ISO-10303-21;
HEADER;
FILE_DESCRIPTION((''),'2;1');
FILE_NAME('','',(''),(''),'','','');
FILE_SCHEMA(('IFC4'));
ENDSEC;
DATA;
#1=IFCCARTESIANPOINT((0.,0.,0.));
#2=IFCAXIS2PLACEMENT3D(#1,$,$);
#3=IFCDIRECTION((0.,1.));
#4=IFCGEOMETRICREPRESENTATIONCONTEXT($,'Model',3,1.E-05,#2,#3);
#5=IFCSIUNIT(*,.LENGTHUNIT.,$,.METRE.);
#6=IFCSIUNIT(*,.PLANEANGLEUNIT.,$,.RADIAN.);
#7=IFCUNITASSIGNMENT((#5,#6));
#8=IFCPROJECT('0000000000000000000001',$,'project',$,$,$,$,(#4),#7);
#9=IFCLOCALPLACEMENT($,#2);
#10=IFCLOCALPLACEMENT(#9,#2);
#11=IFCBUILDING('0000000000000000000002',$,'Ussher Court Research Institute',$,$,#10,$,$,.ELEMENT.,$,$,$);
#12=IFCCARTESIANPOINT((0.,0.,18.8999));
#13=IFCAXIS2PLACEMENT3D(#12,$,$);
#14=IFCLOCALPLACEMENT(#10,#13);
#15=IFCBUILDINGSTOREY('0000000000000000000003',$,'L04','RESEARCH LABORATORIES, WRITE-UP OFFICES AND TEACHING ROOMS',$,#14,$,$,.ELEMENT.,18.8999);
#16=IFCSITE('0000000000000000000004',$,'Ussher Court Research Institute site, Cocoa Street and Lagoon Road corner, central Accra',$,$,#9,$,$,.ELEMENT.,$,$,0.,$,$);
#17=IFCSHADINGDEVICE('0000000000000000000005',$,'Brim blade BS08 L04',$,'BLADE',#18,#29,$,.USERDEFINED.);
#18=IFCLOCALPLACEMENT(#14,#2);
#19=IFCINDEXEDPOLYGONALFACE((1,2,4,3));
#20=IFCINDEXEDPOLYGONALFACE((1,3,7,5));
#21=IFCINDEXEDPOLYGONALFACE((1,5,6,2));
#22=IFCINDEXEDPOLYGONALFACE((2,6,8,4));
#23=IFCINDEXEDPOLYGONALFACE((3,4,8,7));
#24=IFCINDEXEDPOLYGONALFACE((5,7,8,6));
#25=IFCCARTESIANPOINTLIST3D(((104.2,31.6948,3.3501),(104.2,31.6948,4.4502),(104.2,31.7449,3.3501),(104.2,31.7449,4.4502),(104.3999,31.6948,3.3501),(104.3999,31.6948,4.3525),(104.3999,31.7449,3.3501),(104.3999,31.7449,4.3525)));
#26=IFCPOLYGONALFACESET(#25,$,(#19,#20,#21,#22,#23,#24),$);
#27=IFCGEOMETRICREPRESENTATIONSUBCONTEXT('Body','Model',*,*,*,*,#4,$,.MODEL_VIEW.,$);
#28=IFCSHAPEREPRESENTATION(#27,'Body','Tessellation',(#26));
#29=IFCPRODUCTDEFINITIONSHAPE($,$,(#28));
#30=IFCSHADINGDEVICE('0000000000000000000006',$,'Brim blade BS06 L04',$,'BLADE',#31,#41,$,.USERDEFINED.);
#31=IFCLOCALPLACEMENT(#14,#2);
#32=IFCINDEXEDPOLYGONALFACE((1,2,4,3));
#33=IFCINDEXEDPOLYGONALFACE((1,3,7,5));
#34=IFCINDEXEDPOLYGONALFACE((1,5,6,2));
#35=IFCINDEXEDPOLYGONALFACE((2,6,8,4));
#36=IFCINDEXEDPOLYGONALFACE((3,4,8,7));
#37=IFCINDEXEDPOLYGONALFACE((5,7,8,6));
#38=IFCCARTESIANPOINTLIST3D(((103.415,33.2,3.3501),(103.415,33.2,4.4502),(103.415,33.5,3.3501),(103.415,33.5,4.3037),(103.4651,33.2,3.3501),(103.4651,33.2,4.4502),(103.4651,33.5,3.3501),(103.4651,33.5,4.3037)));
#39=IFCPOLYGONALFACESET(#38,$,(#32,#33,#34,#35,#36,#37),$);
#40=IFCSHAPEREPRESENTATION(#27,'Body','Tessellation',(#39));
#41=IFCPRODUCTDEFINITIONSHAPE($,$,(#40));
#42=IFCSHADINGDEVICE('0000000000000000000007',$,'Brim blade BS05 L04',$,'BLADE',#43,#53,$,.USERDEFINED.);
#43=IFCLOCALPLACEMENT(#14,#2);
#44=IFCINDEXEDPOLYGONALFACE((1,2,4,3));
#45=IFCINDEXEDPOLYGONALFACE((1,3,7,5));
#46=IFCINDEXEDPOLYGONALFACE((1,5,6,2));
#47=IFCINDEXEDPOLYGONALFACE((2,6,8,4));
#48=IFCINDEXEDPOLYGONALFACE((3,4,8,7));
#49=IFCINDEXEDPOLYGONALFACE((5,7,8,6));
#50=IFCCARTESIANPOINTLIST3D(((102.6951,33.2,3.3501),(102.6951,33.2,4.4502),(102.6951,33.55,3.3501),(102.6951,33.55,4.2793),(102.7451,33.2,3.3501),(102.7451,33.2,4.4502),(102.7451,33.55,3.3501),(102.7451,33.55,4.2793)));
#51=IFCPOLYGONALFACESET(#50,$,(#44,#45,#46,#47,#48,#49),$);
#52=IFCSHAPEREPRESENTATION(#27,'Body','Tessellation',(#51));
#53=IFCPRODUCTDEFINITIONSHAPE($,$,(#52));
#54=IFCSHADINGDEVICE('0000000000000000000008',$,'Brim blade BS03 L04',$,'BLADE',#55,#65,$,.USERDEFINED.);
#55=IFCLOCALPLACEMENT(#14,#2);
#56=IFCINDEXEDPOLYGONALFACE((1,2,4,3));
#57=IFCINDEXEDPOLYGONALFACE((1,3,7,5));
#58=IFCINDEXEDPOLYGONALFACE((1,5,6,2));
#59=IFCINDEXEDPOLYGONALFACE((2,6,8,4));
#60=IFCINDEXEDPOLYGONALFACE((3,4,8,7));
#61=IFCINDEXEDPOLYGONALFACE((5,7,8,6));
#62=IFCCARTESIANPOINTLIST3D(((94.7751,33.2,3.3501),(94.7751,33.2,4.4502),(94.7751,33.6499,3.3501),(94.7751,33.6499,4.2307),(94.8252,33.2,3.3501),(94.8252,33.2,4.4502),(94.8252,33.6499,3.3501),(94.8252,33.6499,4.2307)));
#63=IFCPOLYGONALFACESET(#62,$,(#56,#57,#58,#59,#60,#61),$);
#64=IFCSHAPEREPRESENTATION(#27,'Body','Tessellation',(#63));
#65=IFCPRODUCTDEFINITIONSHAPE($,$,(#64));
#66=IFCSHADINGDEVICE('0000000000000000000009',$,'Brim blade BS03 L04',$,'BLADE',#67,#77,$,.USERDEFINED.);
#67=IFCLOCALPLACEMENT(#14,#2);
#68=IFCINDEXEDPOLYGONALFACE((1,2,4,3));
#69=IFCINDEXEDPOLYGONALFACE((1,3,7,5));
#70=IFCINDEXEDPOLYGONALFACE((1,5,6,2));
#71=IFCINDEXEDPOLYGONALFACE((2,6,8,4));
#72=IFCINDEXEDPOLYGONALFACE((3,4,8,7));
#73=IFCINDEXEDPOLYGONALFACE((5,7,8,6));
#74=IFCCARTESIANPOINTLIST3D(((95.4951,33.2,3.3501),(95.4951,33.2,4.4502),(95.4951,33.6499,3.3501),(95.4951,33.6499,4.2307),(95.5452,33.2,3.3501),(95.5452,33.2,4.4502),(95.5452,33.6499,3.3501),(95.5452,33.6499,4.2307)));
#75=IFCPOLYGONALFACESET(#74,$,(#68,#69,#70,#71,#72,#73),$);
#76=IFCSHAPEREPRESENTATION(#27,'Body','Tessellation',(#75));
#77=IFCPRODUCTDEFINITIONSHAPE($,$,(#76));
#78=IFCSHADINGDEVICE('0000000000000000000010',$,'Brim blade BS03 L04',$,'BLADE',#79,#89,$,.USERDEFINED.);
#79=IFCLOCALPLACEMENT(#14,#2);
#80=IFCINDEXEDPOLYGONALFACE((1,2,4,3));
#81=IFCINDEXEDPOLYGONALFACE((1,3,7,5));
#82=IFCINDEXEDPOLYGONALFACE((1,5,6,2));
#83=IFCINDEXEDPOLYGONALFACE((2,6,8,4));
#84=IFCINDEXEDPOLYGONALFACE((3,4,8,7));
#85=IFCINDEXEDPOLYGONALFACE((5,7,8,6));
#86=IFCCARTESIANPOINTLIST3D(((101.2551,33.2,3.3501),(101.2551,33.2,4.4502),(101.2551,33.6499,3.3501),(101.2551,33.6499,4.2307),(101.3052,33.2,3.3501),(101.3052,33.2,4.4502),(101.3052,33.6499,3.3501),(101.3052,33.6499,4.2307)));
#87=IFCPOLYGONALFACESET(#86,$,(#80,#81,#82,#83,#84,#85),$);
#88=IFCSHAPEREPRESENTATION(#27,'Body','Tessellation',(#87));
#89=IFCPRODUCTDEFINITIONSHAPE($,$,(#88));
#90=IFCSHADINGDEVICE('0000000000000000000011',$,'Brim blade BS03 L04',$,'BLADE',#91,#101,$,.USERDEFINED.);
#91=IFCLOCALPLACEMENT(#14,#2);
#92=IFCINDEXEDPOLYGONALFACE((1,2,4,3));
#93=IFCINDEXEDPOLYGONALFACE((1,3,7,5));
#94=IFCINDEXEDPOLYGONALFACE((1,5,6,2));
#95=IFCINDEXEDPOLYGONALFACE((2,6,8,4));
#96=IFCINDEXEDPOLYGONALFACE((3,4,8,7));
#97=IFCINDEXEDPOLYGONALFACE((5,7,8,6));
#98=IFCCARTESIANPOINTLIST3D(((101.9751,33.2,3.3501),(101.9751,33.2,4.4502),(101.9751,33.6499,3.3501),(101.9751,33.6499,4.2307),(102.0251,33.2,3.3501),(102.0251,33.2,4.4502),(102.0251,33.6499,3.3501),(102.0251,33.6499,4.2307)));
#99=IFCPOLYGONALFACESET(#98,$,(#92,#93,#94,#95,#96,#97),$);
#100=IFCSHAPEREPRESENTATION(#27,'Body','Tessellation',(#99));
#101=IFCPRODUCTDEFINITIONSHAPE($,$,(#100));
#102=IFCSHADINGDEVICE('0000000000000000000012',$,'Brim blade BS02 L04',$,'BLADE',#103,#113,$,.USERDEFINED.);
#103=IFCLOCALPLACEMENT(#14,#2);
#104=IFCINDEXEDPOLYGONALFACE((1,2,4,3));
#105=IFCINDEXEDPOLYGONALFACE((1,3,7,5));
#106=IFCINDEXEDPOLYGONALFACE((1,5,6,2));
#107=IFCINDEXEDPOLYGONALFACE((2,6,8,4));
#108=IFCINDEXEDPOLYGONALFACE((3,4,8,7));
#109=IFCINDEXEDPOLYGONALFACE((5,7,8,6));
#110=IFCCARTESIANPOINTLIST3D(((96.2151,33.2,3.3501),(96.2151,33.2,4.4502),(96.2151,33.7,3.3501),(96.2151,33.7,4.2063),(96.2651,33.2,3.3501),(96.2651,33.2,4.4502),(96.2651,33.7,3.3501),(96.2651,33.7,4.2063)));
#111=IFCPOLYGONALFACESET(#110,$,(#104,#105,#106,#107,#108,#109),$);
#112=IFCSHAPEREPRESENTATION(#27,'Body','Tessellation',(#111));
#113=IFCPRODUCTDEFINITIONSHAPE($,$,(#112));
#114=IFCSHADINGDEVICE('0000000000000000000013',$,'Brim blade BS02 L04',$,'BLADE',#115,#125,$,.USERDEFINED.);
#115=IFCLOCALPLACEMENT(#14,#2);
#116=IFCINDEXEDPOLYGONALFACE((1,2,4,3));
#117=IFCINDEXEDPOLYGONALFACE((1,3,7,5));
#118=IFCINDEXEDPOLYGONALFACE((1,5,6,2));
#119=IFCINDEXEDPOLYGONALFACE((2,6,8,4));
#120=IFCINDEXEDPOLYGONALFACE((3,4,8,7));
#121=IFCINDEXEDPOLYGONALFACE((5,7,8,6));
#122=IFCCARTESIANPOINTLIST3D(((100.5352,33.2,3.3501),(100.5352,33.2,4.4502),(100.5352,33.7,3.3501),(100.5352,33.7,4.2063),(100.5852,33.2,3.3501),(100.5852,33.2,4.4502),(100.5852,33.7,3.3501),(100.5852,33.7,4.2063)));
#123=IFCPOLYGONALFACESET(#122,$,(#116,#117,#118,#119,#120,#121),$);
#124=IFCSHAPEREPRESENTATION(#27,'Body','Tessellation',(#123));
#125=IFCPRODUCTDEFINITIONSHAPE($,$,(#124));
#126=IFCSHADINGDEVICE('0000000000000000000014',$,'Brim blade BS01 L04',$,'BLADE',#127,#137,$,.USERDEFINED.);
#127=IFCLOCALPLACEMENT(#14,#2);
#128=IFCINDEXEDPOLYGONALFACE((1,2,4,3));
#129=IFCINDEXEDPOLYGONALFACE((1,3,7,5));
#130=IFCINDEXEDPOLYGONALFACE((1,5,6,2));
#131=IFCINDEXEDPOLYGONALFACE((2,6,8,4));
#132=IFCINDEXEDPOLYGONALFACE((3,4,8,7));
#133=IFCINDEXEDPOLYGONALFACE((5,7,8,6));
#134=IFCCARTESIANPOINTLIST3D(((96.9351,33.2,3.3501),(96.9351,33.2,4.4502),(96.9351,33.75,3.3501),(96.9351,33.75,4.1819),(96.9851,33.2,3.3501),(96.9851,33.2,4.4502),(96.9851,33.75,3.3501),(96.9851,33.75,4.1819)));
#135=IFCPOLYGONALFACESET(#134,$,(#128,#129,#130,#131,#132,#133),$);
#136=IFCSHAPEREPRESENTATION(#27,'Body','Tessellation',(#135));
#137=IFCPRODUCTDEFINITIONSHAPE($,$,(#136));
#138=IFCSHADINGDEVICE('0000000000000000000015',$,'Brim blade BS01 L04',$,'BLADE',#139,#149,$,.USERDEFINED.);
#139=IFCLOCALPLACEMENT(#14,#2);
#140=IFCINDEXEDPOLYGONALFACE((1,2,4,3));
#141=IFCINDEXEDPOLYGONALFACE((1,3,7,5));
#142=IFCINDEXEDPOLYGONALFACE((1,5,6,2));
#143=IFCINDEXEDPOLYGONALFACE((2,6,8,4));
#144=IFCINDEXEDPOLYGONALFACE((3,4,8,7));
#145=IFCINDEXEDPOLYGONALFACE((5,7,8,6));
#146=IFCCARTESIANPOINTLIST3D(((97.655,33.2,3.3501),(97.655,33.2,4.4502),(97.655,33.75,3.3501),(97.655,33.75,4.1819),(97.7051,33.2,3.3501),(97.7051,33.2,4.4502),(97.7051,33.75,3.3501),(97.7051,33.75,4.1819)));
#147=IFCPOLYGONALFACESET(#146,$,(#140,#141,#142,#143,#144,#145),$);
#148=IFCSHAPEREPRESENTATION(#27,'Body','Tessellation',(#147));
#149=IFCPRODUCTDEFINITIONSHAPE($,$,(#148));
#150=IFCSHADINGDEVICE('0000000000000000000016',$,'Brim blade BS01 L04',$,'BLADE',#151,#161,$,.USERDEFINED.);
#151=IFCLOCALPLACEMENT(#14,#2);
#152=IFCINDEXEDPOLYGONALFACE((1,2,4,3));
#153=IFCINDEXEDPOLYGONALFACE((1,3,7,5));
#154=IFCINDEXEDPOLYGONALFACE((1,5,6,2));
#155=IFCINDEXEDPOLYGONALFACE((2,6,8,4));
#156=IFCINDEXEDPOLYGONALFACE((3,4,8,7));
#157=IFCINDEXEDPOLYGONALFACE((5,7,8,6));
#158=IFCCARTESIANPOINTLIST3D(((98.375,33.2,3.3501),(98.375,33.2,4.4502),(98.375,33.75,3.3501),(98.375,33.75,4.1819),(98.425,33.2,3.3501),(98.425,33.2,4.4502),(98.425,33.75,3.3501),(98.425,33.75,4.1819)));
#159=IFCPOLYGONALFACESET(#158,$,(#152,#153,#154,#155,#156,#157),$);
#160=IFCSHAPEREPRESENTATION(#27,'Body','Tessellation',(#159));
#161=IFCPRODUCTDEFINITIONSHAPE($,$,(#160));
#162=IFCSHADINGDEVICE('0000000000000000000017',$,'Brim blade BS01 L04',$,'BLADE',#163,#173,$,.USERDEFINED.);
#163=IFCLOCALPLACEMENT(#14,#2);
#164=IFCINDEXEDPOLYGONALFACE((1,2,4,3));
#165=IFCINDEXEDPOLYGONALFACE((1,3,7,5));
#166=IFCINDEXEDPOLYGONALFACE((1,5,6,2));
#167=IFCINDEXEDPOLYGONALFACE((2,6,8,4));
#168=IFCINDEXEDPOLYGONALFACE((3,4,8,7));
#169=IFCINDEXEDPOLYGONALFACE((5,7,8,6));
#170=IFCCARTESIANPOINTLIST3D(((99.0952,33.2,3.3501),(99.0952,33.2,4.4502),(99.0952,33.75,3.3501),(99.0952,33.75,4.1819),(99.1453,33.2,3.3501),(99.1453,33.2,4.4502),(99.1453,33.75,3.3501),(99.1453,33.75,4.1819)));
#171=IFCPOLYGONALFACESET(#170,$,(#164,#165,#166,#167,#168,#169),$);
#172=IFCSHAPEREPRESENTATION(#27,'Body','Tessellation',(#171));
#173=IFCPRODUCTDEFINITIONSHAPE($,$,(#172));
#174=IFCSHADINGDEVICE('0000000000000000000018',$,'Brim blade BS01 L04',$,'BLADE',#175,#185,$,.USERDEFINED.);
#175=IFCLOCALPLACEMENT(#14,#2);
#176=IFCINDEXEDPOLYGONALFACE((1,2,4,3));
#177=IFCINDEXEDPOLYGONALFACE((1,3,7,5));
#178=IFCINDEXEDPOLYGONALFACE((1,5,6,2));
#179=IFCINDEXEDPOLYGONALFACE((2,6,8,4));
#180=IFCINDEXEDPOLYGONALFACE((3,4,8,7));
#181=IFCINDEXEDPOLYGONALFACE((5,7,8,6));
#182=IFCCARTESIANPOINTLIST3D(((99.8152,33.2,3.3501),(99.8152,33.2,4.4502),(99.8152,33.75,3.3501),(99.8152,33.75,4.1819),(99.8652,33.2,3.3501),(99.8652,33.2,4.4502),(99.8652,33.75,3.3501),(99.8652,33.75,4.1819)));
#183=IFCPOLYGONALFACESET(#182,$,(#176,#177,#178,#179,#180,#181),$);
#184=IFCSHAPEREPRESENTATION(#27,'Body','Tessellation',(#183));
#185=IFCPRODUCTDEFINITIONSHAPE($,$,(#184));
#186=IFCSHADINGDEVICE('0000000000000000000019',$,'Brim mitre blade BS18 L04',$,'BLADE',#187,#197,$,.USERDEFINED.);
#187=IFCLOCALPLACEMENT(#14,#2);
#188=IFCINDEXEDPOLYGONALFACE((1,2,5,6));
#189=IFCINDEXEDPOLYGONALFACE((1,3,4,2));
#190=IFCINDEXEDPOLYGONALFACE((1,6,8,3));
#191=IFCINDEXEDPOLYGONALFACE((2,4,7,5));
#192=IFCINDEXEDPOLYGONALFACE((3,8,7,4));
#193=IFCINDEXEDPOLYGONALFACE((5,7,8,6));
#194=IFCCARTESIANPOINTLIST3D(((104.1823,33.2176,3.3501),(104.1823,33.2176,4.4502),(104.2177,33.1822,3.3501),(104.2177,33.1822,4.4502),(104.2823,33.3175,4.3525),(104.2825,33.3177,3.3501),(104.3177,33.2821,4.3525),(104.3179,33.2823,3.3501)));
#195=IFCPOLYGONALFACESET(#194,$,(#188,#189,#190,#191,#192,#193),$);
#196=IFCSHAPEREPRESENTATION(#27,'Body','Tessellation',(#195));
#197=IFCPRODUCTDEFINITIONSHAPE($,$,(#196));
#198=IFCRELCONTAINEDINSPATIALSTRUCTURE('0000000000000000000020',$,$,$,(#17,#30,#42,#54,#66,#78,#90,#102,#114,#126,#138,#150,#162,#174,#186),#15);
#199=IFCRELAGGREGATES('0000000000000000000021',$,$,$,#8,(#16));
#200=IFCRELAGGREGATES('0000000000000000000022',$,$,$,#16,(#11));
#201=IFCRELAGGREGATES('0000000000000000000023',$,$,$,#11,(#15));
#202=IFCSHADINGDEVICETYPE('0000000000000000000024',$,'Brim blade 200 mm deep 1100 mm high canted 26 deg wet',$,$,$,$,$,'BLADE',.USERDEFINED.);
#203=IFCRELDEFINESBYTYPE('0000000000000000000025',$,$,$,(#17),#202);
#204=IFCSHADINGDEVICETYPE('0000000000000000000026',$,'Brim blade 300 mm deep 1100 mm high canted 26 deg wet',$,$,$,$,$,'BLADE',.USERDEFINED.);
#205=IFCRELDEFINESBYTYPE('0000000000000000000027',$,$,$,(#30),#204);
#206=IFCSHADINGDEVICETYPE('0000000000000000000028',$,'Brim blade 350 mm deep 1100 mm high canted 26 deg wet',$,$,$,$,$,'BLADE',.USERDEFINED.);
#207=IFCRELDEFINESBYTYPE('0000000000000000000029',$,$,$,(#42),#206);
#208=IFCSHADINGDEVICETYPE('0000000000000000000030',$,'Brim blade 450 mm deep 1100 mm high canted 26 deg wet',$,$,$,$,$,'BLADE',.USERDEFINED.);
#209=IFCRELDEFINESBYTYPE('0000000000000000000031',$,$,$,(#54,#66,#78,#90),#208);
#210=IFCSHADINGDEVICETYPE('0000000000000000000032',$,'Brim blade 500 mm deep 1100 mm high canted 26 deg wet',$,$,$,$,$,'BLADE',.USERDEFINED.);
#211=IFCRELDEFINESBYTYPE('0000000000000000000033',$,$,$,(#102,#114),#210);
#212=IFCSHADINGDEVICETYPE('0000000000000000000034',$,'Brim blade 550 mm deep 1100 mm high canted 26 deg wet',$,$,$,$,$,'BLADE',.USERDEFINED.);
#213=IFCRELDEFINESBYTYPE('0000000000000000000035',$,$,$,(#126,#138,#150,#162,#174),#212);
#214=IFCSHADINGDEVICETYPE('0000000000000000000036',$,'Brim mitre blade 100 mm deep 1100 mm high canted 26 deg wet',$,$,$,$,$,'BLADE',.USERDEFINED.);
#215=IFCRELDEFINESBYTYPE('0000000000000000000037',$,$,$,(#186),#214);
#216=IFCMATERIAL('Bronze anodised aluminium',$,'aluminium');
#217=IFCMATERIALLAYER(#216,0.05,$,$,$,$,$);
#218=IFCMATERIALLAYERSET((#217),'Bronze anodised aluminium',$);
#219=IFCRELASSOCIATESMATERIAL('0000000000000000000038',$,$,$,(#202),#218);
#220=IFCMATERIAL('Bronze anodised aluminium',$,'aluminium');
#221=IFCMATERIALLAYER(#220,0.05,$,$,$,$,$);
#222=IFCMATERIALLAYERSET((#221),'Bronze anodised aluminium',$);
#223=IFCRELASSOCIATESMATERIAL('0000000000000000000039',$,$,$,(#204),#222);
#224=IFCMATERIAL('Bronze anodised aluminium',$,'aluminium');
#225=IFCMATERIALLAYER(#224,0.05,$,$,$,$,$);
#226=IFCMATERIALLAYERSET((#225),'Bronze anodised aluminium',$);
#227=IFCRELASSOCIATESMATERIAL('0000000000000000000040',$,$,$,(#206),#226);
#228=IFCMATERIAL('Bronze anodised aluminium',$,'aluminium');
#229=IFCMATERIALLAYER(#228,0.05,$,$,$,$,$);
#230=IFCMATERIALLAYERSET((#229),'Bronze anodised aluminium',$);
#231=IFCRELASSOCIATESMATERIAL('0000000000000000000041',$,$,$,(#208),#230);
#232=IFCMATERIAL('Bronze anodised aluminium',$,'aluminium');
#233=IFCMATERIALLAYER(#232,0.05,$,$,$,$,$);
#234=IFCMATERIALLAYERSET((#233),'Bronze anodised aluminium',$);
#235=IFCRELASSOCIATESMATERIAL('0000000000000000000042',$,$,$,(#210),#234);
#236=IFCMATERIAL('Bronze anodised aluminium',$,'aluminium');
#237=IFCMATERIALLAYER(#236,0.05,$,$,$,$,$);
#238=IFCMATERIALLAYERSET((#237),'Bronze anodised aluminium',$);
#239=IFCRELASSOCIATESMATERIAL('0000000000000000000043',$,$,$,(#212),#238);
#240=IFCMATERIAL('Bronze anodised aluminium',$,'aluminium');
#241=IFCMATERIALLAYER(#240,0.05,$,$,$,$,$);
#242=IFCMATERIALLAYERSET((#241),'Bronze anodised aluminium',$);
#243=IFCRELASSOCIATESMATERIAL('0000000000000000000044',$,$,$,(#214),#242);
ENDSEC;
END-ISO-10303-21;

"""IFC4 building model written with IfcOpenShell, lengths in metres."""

from ifc_helpers import new_model, si_unit, direction, frame, origin, place, context, subcontext, project, spatial, polyline, outline, extrude, material, layer, layer_set, type_object, element, save


model = new_model("IFC4")

# Units and contexts
model_context = context("Model", 3, precision=1e-05, world=origin(), true_north=direction((0.0, 1.0)))
body_context = subcontext(model_context, "Body", "Model", "MODEL_VIEW")
ifc_project = project(units=[si_unit("LENGTHUNIT", "METRE"), si_unit("PLANEANGLEUNIT", "RADIAN")], contexts=[model_context])

# Site, building, storey
site_placement = place(None, origin())
site = spatial("IfcSite", under=ifc_project, at=site_placement, Name="Ussher Court Research Institute site, Cocoa Street and Lagoon Road corner, central Accra", CompositionType="ELEMENT", RefElevation=0.0)
building_placement = place(site_placement, origin())
building = spatial("IfcBuilding", under=site, at=building_placement, Name="Ussher Court Research Institute", CompositionType="ELEMENT")
storey_placement = place(building_placement, frame((0.0, 0.0, 18.8999)))
storey = spatial("IfcBuildingStorey", under=building, at=storey_placement, Name="L04", Description="RESEARCH LABORATORIES, WRITE-UP OFFICES AND TEACHING ROOMS", CompositionType="ELEMENT", Elevation=18.8999)

# Shading devices
ifc_material_1 = material(Name="Bronze anodised aluminium", Category="aluminium")
ifc_layer_1 = layer(ifc_material_1, 0.05)
ifc_layer_set_1 = layer_set([ifc_layer_1], Name="Bronze anodised aluminium")
shading_device_type_1 = type_object("IfcShadingDeviceType", Name="Brim blade 200 mm deep 1100 mm high canted 26 deg wet", ElementType="BLADE", PredefinedType="USERDEFINED", material=ifc_layer_set_1)
shading_device_1_placement = place(storey_placement, frame((104.2, 31.72, 3.3501), z_axis=(0.0, 0.0, 1.0), x_axis=(1.0, 0.0, 0.0)))
element("IfcShadingDevice", 1, at=shading_device_1_placement, inside=storey, type_object=shading_device_type_1, Name="Brim blade BS08 L04", ObjectType="BLADE", PredefinedType="USERDEFINED", context=body_context, shape_type="SweptSolid", body=[
    extrude(outline(polyline([(0.0, 0.0), (0.2, 0.0), (0.2, 1.0024), (0.0, 1.1001), (0.0, 0.0)])), frame((0.0, 0.0249, 0.0), z_axis=(0.0, -1.0, 0.0), x_axis=(1.0, 0.0, 0.0)), (0.0, 0.0, 1.0), 0.05),
])
ifc_material_2 = material(Name="Bronze anodised aluminium", Category="aluminium")
ifc_layer_2 = layer(ifc_material_2, 0.05)
ifc_layer_set_2 = layer_set([ifc_layer_2], Name="Bronze anodised aluminium")
shading_device_type_2 = type_object("IfcShadingDeviceType", Name="Brim blade 300 mm deep 1100 mm high canted 26 deg wet", ElementType="BLADE", PredefinedType="USERDEFINED", material=ifc_layer_set_2)
shading_device_2_placement = place(storey_placement, frame((103.4399, 33.2, 3.3501), z_axis=(0.0, 0.0, 1.0), x_axis=(0.0, 1.0, 0.0)))
element("IfcShadingDevice", 2, at=shading_device_2_placement, inside=storey, type_object=shading_device_type_2, Name="Brim blade BS06 L04", ObjectType="BLADE", PredefinedType="USERDEFINED", context=body_context, shape_type="SweptSolid", body=[
    extrude(outline(polyline([(0.0, 0.0), (0.3, 0.0), (0.3, 0.9536), (0.0, 1.1001), (0.0, 0.0)])), frame((0.0, 0.0249, 0.0), z_axis=(0.0, -1.0, 0.0), x_axis=(1.0, 0.0, 0.0)), (0.0, 0.0, 1.0), 0.05),
])
ifc_material_3 = material(Name="Bronze anodised aluminium", Category="aluminium")
ifc_layer_3 = layer(ifc_material_3, 0.05)
ifc_layer_set_3 = layer_set([ifc_layer_3], Name="Bronze anodised aluminium")
shading_device_type_3 = type_object("IfcShadingDeviceType", Name="Brim blade 350 mm deep 1100 mm high canted 26 deg wet", ElementType="BLADE", PredefinedType="USERDEFINED", material=ifc_layer_set_3)
shading_device_3_placement = place(storey_placement, frame((102.72, 33.2, 3.3501), z_axis=(0.0, 0.0, 1.0), x_axis=(0.0, 1.0, 0.0)))
element("IfcShadingDevice", 3, at=shading_device_3_placement, inside=storey, type_object=shading_device_type_3, Name="Brim blade BS05 L04", ObjectType="BLADE", PredefinedType="USERDEFINED", context=body_context, shape_type="SweptSolid", body=[
    extrude(outline(polyline([(0.0, 0.0), (0.3501, 0.0), (0.3501, 0.9292), (0.0, 1.1001), (0.0, 0.0)])), frame((0.0, 0.0249, 0.0), z_axis=(0.0, -1.0, 0.0), x_axis=(1.0, 0.0, 0.0)), (0.0, 0.0, 1.0), 0.05),
])
ifc_material_4 = material(Name="Bronze anodised aluminium", Category="aluminium")
ifc_layer_4 = layer(ifc_material_4, 0.05)
ifc_layer_set_4 = layer_set([ifc_layer_4], Name="Bronze anodised aluminium")
shading_device_type_4 = type_object("IfcShadingDeviceType", Name="Brim blade 450 mm deep 1100 mm high canted 26 deg wet", ElementType="BLADE", PredefinedType="USERDEFINED", material=ifc_layer_set_4)
for number, where, z_axis, x_axis, name in (
    (4, (94.8, 33.2, 3.3501), (0.0, 0.0, 1.0), (0.0, 1.0, 0.0), "Brim blade BS03 L04"),
    (5, (95.52, 33.2, 3.3501), (0.0, 0.0, 1.0), (0.0, 1.0, 0.0), "Brim blade BS03 L04"),
    (6, (101.28, 33.2, 3.3501), (0.0, 0.0, 1.0), (0.0, 1.0, 0.0), "Brim blade BS03 L04"),
    (7, (102.0, 33.2, 3.3501), (0.0, 0.0, 1.0), (0.0, 1.0, 0.0), "Brim blade BS03 L04"),
):
    element("IfcShadingDevice", number, at=place(storey_placement, frame(where, z_axis=z_axis, x_axis=x_axis)), inside=storey, type_object=shading_device_type_4, Name=name, ObjectType="BLADE", PredefinedType="USERDEFINED", context=body_context, shape_type="SweptSolid", body=[
        extrude(outline(polyline([(0.0, 0.0), (0.45, 0.0), (0.45, 0.8806), (0.0, 1.1001), (0.0, 0.0)])), frame((0.0, 0.0249, 0.0), z_axis=(0.0, -1.0, 0.0), x_axis=(1.0, 0.0, 0.0)), (0.0, 0.0, 1.0), 0.05),
    ])
ifc_material_5 = material(Name="Bronze anodised aluminium", Category="aluminium")
ifc_layer_5 = layer(ifc_material_5, 0.05)
ifc_layer_set_5 = layer_set([ifc_layer_5], Name="Bronze anodised aluminium")
shading_device_type_5 = type_object("IfcShadingDeviceType", Name="Brim blade 500 mm deep 1100 mm high canted 26 deg wet", ElementType="BLADE", PredefinedType="USERDEFINED", material=ifc_layer_set_5)
for number, where, z_axis, x_axis, name in (
    (8, (96.24, 33.2, 3.3501), (0.0, 0.0, 1.0), (0.0, 1.0, 0.0), "Brim blade BS02 L04"),
    (9, (100.5601, 33.2, 3.3501), (0.0, 0.0, 1.0), (0.0, 1.0, 0.0), "Brim blade BS02 L04"),
):
    element("IfcShadingDevice", number, at=place(storey_placement, frame(where, z_axis=z_axis, x_axis=x_axis)), inside=storey, type_object=shading_device_type_5, Name=name, ObjectType="BLADE", PredefinedType="USERDEFINED", context=body_context, shape_type="SweptSolid", body=[
        extrude(outline(polyline([(0.0, 0.0), (0.5, 0.0), (0.5, 0.8562), (0.0, 1.1001), (0.0, 0.0)])), frame((0.0, 0.0249, 0.0), z_axis=(0.0, -1.0, 0.0), x_axis=(1.0, 0.0, 0.0)), (0.0, 0.0, 1.0), 0.05),
    ])
ifc_material_6 = material(Name="Bronze anodised aluminium", Category="aluminium")
ifc_layer_6 = layer(ifc_material_6, 0.05)
ifc_layer_set_6 = layer_set([ifc_layer_6], Name="Bronze anodised aluminium")
shading_device_type_6 = type_object("IfcShadingDeviceType", Name="Brim blade 550 mm deep 1100 mm high canted 26 deg wet", ElementType="BLADE", PredefinedType="USERDEFINED", material=ifc_layer_set_6)
for number, where, z_axis, x_axis, name in (
    (10, (96.96, 33.2, 3.3501), (0.0, 0.0, 1.0), (0.0, 1.0, 0.0), "Brim blade BS01 L04"),
    (11, (97.6799, 33.2, 3.3501), (0.0, 0.0, 1.0), (0.0, 1.0, 0.0), "Brim blade BS01 L04"),
    (12, (98.3999, 33.2, 3.3501), (0.0, 0.0, 1.0), (0.0, 1.0, 0.0), "Brim blade BS01 L04"),
    (13, (99.1201, 33.2, 3.3501), (0.0, 0.0, 1.0), (0.0, 1.0, 0.0), "Brim blade BS01 L04"),
    (14, (99.8401, 33.2, 3.3501), (0.0, 0.0, 1.0), (0.0, 1.0, 0.0), "Brim blade BS01 L04"),
):
    element("IfcShadingDevice", number, at=place(storey_placement, frame(where, z_axis=z_axis, x_axis=x_axis)), inside=storey, type_object=shading_device_type_6, Name=name, ObjectType="BLADE", PredefinedType="USERDEFINED", context=body_context, shape_type="SweptSolid", body=[
        extrude(outline(polyline([(0.0, 0.0), (0.55, 0.0), (0.55, 0.8318), (0.0, 1.1001), (0.0, 0.0)])), frame((0.0, 0.0249, 0.0), z_axis=(0.0, -1.0, 0.0), x_axis=(1.0, 0.0, 0.0)), (0.0, 0.0, 1.0), 0.05),
    ])
ifc_material_7 = material(Name="Bronze anodised aluminium", Category="aluminium")
ifc_layer_7 = layer(ifc_material_7, 0.05)
ifc_layer_set_7 = layer_set([ifc_layer_7], Name="Bronze anodised aluminium")
shading_device_type_7 = type_object("IfcShadingDeviceType", Name="Brim mitre blade 100 mm deep 1100 mm high canted 26 deg wet", ElementType="BLADE", PredefinedType="USERDEFINED", material=ifc_layer_set_7)
shading_device_4_placement = place(storey_placement, frame((104.2, 33.2, 3.3501), z_axis=(0.0, 0.0, 1.0), x_axis=(0.707107, 0.707107, 0.0)))
element("IfcShadingDevice", 15, at=shading_device_4_placement, inside=storey, type_object=shading_device_type_7, Name="Brim mitre blade BS18 L04", ObjectType="BLADE", PredefinedType="USERDEFINED", context=body_context, shape_type="SweptSolid", body=[
    extrude(outline(polyline([(0.0, 0.0), (0.1416, 0.0), (0.1414, 1.0024), (0.0, 1.1001), (0.0, 0.0)])), frame((0.0, 0.0249, 0.0), z_axis=(0.0, -1.0, 0.0), x_axis=(1.0, 0.0, 0.0)), (0.0, 0.0, 1.0), 0.05),
])

save(model, "model.ifc")
